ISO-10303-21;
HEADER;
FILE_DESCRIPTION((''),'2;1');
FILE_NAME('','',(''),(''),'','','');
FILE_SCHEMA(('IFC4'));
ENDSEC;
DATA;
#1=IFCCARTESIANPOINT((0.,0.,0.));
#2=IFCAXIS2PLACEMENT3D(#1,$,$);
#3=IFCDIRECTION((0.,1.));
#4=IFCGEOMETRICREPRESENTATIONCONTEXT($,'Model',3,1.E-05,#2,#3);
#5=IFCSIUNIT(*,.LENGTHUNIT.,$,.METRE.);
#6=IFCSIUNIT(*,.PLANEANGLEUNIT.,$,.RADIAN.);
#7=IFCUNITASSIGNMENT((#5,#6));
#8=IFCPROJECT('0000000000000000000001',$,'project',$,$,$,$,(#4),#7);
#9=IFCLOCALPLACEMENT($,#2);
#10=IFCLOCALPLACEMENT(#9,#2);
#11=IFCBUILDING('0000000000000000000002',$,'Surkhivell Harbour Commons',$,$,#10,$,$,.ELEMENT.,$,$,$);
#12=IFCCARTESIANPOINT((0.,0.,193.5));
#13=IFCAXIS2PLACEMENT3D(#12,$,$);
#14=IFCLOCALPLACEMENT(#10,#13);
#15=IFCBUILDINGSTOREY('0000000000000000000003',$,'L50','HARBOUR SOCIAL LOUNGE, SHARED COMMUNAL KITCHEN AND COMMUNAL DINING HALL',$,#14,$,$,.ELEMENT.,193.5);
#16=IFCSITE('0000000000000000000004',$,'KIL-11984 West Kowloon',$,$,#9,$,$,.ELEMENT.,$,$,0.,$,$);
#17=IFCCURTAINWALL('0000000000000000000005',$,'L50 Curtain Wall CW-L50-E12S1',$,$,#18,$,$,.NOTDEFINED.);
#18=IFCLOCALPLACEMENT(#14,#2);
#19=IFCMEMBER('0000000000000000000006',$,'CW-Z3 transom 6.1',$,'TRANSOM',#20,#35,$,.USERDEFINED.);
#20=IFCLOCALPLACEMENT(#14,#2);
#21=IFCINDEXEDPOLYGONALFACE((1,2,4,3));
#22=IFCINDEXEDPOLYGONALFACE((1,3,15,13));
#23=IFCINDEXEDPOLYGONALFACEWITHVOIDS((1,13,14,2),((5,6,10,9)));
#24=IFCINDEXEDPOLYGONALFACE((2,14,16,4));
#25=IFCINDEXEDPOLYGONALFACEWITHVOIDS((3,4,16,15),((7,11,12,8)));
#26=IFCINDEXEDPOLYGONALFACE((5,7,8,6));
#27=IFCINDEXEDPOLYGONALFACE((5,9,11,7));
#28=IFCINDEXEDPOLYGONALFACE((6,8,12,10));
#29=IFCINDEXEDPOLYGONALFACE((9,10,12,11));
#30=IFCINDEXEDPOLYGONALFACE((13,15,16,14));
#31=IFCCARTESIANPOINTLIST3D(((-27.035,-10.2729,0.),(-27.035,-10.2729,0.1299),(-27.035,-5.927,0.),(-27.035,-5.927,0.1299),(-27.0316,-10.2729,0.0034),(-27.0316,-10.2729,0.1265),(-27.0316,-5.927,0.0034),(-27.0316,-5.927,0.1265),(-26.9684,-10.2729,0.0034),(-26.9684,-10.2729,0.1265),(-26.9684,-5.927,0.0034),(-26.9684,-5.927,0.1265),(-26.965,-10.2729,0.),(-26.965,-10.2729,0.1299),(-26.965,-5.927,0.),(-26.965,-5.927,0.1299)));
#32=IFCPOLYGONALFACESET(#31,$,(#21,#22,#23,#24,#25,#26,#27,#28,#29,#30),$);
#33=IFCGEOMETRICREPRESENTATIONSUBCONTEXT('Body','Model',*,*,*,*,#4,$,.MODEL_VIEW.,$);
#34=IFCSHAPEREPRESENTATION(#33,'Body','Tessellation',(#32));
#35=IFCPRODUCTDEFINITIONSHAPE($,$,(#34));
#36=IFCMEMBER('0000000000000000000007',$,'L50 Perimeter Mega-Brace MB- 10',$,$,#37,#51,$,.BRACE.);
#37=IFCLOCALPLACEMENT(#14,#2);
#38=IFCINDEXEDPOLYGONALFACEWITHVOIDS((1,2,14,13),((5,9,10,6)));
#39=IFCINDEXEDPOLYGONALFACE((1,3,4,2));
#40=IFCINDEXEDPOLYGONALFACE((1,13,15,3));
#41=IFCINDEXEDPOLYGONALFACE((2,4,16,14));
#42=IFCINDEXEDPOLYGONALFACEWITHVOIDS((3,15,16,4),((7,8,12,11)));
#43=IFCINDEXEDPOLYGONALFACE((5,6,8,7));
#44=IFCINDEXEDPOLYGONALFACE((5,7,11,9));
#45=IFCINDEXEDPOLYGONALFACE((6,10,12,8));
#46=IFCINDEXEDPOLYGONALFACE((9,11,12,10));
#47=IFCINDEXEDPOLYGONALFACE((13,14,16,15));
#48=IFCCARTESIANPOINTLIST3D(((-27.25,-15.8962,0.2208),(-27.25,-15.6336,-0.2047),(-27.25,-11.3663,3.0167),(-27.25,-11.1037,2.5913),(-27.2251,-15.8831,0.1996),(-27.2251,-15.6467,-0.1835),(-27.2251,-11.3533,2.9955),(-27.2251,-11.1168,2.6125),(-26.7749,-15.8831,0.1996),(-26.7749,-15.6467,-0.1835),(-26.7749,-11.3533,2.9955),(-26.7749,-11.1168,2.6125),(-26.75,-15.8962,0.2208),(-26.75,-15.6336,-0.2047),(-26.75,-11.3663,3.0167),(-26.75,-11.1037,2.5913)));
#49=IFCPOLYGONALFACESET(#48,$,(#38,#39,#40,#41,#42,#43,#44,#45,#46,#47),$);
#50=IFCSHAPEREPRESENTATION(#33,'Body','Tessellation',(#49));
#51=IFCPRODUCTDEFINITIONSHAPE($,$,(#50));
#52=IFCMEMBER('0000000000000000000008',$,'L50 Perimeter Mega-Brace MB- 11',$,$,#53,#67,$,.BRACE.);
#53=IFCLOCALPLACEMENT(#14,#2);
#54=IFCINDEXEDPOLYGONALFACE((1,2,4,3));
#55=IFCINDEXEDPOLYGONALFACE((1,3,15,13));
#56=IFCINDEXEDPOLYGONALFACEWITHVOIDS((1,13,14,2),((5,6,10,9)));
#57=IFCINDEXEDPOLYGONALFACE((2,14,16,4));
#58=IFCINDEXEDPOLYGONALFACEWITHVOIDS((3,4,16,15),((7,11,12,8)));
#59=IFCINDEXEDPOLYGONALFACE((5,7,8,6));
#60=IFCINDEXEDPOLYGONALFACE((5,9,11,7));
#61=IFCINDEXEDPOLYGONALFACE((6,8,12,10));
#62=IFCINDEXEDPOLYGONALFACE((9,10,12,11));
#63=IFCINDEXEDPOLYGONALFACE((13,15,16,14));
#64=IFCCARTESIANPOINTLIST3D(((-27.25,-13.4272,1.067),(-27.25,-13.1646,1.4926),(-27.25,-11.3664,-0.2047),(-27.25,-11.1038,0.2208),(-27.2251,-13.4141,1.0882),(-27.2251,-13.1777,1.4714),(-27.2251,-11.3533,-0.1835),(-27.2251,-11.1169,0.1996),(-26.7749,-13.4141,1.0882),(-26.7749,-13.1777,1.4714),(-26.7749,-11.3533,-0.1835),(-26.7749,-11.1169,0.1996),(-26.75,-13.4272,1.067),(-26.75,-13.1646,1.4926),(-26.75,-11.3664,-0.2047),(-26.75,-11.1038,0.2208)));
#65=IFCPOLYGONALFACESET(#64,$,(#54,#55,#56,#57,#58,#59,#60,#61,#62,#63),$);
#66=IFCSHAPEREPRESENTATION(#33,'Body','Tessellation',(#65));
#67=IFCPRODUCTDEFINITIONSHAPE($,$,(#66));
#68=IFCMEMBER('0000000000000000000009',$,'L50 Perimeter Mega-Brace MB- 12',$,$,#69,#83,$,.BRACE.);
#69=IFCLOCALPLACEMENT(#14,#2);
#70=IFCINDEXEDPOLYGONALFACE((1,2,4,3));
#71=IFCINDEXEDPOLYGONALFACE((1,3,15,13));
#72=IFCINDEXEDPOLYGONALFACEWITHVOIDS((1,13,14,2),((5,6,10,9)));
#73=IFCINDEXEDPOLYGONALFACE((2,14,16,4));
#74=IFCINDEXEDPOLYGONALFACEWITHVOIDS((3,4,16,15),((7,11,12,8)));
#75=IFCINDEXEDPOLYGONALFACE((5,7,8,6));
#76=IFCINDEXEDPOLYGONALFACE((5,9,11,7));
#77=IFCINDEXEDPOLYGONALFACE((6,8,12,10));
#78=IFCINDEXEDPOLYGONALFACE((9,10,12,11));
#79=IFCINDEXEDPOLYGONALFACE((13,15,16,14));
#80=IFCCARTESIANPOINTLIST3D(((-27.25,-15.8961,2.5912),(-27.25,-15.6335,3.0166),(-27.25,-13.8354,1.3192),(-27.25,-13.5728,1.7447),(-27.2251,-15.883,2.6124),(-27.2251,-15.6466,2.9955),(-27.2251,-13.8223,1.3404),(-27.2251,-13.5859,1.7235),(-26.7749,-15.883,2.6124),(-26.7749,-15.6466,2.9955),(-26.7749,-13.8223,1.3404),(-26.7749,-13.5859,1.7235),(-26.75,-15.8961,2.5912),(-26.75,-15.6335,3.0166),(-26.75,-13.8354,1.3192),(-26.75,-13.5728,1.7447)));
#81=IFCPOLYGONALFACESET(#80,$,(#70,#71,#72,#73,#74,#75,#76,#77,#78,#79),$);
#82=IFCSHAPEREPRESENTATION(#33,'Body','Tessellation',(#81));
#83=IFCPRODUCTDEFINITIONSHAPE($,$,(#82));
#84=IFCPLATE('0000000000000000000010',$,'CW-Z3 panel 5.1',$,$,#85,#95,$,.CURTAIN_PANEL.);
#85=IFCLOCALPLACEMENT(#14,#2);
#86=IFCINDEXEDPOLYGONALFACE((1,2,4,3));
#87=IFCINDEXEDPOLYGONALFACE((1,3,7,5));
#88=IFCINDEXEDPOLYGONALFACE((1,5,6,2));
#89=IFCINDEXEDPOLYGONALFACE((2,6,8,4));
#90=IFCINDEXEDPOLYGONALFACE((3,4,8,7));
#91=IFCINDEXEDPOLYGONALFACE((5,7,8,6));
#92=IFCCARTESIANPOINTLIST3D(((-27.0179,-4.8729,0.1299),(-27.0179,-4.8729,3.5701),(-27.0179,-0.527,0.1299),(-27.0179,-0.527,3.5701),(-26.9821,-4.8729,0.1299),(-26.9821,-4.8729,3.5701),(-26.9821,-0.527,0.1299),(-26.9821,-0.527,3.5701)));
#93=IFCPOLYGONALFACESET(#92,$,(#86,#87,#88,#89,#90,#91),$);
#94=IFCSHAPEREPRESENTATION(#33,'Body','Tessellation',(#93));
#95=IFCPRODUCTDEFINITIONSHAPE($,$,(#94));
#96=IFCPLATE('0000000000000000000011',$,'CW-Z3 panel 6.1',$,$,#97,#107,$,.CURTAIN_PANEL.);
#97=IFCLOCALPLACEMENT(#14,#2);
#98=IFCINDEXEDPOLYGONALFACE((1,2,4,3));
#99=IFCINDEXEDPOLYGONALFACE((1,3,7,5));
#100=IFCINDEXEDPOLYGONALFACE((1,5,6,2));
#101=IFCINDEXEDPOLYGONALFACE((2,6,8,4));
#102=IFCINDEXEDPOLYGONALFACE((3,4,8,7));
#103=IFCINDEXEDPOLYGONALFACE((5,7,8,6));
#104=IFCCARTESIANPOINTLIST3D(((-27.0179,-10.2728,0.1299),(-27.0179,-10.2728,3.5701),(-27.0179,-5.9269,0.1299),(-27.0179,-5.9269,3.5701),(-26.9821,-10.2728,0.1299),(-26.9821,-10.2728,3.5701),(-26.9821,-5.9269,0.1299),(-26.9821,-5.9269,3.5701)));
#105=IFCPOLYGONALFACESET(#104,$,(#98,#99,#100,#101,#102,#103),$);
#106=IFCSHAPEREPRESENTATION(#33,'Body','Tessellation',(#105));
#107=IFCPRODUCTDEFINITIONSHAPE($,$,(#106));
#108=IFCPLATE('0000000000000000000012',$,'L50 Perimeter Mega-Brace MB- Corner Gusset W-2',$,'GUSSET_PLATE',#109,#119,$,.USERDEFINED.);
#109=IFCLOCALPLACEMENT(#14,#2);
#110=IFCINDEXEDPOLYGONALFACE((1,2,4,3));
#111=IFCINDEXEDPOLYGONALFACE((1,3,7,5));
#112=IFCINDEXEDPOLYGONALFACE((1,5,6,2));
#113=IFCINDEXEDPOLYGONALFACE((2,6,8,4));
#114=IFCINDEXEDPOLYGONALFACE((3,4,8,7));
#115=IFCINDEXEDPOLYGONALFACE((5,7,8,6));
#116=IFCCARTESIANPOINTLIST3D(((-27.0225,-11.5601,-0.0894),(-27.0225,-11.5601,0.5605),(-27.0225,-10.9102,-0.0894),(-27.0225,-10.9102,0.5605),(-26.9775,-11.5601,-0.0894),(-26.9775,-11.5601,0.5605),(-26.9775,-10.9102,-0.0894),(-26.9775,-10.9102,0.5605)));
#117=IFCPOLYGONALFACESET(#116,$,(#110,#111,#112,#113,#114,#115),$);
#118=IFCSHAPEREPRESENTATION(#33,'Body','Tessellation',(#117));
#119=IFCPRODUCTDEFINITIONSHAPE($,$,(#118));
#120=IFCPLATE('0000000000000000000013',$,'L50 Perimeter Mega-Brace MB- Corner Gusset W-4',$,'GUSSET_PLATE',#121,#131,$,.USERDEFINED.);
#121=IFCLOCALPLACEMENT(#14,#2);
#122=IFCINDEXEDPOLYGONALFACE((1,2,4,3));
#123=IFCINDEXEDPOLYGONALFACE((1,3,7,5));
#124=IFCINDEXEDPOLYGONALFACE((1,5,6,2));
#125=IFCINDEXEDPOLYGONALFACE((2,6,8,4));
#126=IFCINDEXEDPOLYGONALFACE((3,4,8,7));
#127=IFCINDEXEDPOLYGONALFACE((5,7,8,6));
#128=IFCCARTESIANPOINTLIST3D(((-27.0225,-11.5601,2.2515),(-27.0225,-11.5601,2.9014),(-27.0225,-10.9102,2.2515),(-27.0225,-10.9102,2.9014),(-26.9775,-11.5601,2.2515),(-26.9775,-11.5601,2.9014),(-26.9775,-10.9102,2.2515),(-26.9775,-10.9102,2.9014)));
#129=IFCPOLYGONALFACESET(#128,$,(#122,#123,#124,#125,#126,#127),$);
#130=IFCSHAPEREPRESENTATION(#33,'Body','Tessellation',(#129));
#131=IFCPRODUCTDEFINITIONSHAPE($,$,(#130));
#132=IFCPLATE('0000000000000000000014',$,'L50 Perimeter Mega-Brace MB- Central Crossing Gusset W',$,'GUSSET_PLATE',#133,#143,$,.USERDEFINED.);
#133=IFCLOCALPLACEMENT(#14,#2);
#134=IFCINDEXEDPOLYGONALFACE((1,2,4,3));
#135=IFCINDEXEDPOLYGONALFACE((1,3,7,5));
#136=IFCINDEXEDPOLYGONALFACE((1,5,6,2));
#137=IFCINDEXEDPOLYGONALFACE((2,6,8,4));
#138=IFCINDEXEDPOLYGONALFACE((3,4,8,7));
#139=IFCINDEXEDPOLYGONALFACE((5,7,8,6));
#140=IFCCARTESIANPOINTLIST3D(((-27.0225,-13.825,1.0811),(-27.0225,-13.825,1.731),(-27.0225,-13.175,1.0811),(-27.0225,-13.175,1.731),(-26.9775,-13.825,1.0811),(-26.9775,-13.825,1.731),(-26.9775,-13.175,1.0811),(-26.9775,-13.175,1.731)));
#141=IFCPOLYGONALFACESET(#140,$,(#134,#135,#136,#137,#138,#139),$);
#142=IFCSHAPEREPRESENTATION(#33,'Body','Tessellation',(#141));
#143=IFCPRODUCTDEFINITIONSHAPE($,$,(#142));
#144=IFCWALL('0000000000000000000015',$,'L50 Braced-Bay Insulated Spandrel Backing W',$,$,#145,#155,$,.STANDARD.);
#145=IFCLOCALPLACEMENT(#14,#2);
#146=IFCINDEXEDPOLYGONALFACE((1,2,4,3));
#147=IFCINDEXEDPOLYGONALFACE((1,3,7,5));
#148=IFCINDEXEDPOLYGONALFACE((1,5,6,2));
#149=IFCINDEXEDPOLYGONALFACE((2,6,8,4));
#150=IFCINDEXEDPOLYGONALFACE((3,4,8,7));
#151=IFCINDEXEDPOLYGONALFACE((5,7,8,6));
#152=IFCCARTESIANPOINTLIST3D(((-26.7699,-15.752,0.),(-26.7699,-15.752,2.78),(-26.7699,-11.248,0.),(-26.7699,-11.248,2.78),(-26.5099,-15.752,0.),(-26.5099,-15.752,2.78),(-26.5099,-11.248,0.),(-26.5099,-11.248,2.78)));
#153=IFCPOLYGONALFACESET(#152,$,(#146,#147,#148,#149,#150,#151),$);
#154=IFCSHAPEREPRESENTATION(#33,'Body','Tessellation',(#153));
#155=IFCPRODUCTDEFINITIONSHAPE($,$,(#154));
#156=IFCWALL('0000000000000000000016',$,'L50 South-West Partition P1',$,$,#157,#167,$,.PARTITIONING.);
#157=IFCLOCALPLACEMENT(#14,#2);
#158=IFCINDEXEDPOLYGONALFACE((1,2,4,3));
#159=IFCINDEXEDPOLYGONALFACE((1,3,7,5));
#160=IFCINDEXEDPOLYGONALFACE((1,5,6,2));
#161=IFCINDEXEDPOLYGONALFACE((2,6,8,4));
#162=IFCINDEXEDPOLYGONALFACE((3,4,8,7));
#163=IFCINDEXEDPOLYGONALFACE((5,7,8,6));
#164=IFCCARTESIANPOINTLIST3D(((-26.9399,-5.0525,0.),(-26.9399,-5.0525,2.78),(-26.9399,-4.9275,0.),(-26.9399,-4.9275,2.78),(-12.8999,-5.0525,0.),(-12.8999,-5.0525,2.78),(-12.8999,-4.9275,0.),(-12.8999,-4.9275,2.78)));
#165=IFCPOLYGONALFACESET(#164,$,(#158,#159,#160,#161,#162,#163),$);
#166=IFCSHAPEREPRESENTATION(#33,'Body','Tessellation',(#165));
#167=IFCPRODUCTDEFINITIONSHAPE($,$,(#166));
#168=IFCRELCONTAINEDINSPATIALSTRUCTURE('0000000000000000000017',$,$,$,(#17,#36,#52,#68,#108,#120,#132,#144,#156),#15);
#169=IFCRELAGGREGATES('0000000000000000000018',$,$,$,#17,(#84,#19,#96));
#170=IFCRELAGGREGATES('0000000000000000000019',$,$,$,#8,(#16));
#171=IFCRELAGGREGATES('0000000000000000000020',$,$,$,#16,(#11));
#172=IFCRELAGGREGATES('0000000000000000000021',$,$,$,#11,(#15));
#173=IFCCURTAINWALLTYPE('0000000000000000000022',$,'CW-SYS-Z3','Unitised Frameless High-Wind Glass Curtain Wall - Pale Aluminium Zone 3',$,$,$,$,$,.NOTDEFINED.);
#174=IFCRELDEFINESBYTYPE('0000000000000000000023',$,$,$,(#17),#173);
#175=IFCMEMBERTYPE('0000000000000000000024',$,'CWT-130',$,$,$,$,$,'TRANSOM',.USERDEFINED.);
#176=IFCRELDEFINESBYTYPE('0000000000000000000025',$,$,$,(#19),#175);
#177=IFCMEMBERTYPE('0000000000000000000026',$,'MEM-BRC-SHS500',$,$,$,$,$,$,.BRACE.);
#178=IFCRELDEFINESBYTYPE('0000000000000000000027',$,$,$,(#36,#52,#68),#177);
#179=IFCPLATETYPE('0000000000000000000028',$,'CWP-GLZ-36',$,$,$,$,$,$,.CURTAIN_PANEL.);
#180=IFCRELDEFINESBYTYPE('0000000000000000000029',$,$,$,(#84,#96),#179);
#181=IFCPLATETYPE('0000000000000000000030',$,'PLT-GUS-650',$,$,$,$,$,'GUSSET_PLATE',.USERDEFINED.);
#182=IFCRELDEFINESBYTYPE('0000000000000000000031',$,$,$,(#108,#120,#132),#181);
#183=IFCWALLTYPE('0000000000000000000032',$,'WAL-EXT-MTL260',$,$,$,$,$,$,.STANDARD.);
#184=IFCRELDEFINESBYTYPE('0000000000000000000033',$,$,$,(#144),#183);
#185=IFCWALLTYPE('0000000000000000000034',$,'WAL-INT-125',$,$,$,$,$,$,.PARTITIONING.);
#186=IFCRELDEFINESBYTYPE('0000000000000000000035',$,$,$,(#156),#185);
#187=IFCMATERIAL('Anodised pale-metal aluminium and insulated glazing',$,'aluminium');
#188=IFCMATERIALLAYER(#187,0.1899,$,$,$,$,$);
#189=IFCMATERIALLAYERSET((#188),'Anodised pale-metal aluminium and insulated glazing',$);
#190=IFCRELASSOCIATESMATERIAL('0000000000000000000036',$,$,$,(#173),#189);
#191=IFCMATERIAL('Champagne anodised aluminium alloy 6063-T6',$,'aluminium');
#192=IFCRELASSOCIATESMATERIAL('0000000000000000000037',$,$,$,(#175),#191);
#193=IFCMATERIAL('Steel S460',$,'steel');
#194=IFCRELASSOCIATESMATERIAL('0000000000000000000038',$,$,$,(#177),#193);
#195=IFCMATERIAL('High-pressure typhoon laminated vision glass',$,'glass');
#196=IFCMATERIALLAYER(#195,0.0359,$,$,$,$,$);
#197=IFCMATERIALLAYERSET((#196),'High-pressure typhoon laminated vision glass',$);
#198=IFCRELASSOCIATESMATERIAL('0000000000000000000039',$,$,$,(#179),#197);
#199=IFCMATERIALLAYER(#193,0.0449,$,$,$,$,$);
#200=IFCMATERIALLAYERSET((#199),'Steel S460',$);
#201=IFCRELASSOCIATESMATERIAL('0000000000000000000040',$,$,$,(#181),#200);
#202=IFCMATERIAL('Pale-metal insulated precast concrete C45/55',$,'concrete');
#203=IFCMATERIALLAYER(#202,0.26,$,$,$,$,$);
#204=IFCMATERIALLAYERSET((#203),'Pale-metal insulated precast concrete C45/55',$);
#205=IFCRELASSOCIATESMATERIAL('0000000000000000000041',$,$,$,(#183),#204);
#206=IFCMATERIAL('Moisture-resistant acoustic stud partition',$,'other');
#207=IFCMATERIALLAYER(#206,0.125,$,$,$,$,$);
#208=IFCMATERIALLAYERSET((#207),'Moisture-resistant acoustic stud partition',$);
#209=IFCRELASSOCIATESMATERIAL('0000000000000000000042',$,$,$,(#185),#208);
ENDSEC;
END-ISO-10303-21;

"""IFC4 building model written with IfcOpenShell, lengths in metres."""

from ifc_helpers import new_model, si_unit, direction, frame, frame_2d, origin, origin_2d, place, context, subcontext, project, spatial, rectangle, hollow_rectangle, extrude, material, layer, layer_set, material_profile, profile_set, type_object, element, aggregate, save


model = new_model("IFC4")

# Units and contexts
model_context = context("Model", 3, precision=1e-05, world=origin(), true_north=direction((0.0, 1.0)))
body_context = subcontext(model_context, "Body", "Model", "MODEL_VIEW")
ifc_project = project(units=[si_unit("LENGTHUNIT", "METRE"), si_unit("PLANEANGLEUNIT", "RADIAN")], contexts=[model_context])

# Site, building, storey
site_placement = place(None, origin())
site = spatial("IfcSite", under=ifc_project, at=site_placement, Name="KIL-11984 West Kowloon", CompositionType="ELEMENT", RefElevation=0.0)
building_placement = place(site_placement, origin())
building = spatial("IfcBuilding", under=site, at=building_placement, Name="Surkhivell Harbour Commons", CompositionType="ELEMENT")
storey_placement = place(building_placement, frame((0.0, 0.0, 193.5)))
storey = spatial("IfcBuildingStorey", under=building, at=storey_placement, Name="L50", Description="HARBOUR SOCIAL LOUNGE, SHARED COMMUNAL KITCHEN AND COMMUNAL DINING HALL", CompositionType="ELEMENT", Elevation=193.5)

# Curtain wall, member
ifc_material_1 = material(Name="Anodised pale-metal aluminium and insulated glazing", Category="aluminium")
ifc_layer_1 = layer(ifc_material_1, 0.1899)
ifc_layer_set_1 = layer_set([ifc_layer_1], Name="Anodised pale-metal aluminium and insulated glazing")
curtain_wall_type = type_object("IfcCurtainWallType", Name="CW-SYS-Z3", Description="Unitised Frameless High-Wind Glass Curtain Wall - Pale Aluminium Zone 3", PredefinedType="NOTDEFINED", material=ifc_layer_set_1)
curtain_wall_placement = place(storey_placement, origin())
curtain_wall = element("IfcCurtainWall", 1, at=curtain_wall_placement, inside=storey, type_object=curtain_wall_type, Name="L50 Curtain Wall CW-L50-E12S1", PredefinedType="NOTDEFINED")
ifc_material_2 = material(Name="Champagne anodised aluminium alloy 6063-T6", Category="aluminium")
ifc_material_profile_1 = material_profile(ifc_material_2, hollow_rectangle(XDim=0.0701, YDim=0.1299, WallThickness=0.0034, at=origin_2d()), Name="ALU-TRAN-70x130")
ifc_profile_set_1 = profile_set([ifc_material_profile_1], Name="Champagne anodised aluminium alloy 6063-T6")
member_type_1 = type_object("IfcMemberType", Name="CWT-130", ElementType="TRANSOM", PredefinedType="USERDEFINED", material=ifc_profile_set_1)
member_1_placement = place(storey_placement, frame((-27.0, -5.927, 0.0649), z_axis=(0.0, -1.0, 0.0), x_axis=(1.0, 0.0, 0.0)))
member_1 = element("IfcMember", 2, at=member_1_placement, type_object=member_type_1, Name="CW-Z3 transom 6.1", ObjectType="TRANSOM", PredefinedType="USERDEFINED", context=body_context, shape_type="SweptSolid", body=[
    extrude(hollow_rectangle(XDim=0.0701, YDim=0.1299, WallThickness=0.0034, at=origin_2d()), origin(), (0.0, 0.0, 1.0), 4.3459),
])

# Members
ifc_material_3 = material(Name="Steel S460", Category="steel")
ifc_material_profile_2 = material_profile(ifc_material_3, hollow_rectangle(XDim=0.5, YDim=0.5, WallThickness=0.0249, at=origin_2d()), Name="SHS500x500x25")
ifc_profile_set_2 = profile_set([ifc_material_profile_2], Name="Steel S460")
member_type_2 = type_object("IfcMemberType", Name="MEM-BRC-SHS500", PredefinedType="BRACE", material=ifc_profile_set_2)
member_2_placement = place(storey_placement, frame((-27.0, -15.7649, 0.0081), z_axis=(0.0, 0.850958, 0.525233), x_axis=(-1.0, 0.0, 0.0)))
element("IfcMember", 3, at=member_2_placement, inside=storey, type_object=member_type_2, Name="L50 Perimeter Mega-Brace MB- 10", PredefinedType="BRACE", context=body_context, shape_type="SweptSolid", body=[
    extrude(hollow_rectangle(XDim=0.5, YDim=0.5, WallThickness=0.0249, at=origin_2d()), origin(), (0.0, 0.0, 1.0), 5.3232),
])
for number, where, z_axis, x_axis, name in (
    (4, (-27.0, -11.2351, 0.0081), (0.0, -0.851003, 0.52516), (1.0, 0.0, 0.0), "L50 Perimeter Mega-Brace MB- 11"),
    (5, (-27.0, -13.7041, 1.532), (0.0, -0.850958, 0.525233), (1.0, 0.0, 0.0), "L50 Perimeter Mega-Brace MB- 12"),
):
    element("IfcMember", number, at=place(storey_placement, frame(where, z_axis=z_axis, x_axis=x_axis)), inside=storey, type_object=member_type_2, Name=name, PredefinedType="BRACE", context=body_context, shape_type="SweptSolid", body=[
        extrude(hollow_rectangle(XDim=0.5, YDim=0.5, WallThickness=0.0249, at=origin_2d()), origin(), (0.0, 0.0, 1.0), 2.4216),
    ])

# Plates
ifc_material_4 = material(Name="High-pressure typhoon laminated vision glass", Category="glass")
ifc_layer_2 = layer(ifc_material_4, 0.0359)
ifc_layer_set_2 = layer_set([ifc_layer_2], Name="High-pressure typhoon laminated vision glass")
plate_type_1 = type_object("IfcPlateType", Name="CWP-GLZ-36", PredefinedType="CURTAIN_PANEL", material=ifc_layer_set_2)
plate_1_placement = place(storey_placement, frame((-27.0, -0.5271, 0.1299), z_axis=(0.0, 0.0, 1.0), x_axis=(0.0, -1.0, 0.0)))
plate_1 = element("IfcPlate", 6, at=plate_1_placement, type_object=plate_type_1, Name="CW-Z3 panel 5.1", PredefinedType="CURTAIN_PANEL", context=body_context, shape_type="SweptSolid", body=[
    extrude(rectangle(XDim=4.3459, YDim=0.0359, at=frame_2d((2.1729, 0.0))), origin(), (0.0, 0.0, 1.0), 3.4402),
])
plate_2_placement = place(storey_placement, frame((-27.0, -5.927, 0.1299), z_axis=(0.0, 0.0, 1.0), x_axis=(0.0, -1.0, 0.0)))
plate_2 = element("IfcPlate", 7, at=plate_2_placement, type_object=plate_type_1, Name="CW-Z3 panel 6.1", PredefinedType="CURTAIN_PANEL", context=body_context, shape_type="SweptSolid", body=[
    extrude(rectangle(XDim=4.3459, YDim=0.0359, at=frame_2d((2.1729, 0.0))), origin(), (0.0, 0.0, 1.0), 3.4402),
])
aggregate(curtain_wall, [plate_1, member_1, plate_2])

# Plates
ifc_layer_3 = layer(ifc_material_3, 0.0449)
ifc_layer_set_3 = layer_set([ifc_layer_3], Name="Steel S460")
plate_type_2 = type_object("IfcPlateType", Name="PLT-GUS-650", ElementType="GUSSET_PLATE", PredefinedType="USERDEFINED", material=ifc_layer_set_3)
for number, where, z_axis, x_axis, name in (
    (8, (-27.0, -11.2351, -0.0894), (0.0, 0.0, 1.0), (0.0, 1.0, 0.0), "L50 Perimeter Mega-Brace MB- Corner Gusset W-2"),
    (9, (-27.0, -11.2351, 2.2515), (0.0, 0.0, 1.0), (0.0, 1.0, 0.0), "L50 Perimeter Mega-Brace MB- Corner Gusset W-4"),
    (10, (-27.0, -13.5, 1.0811), (0.0, 0.0, 1.0), (0.0, 1.0, 0.0), "L50 Perimeter Mega-Brace MB- Central Crossing Gusset W"),
):
    element("IfcPlate", number, at=place(storey_placement, frame(where, z_axis=z_axis, x_axis=x_axis)), inside=storey, type_object=plate_type_2, Name=name, ObjectType="GUSSET_PLATE", PredefinedType="USERDEFINED", context=body_context, shape_type="SweptSolid", body=[
        extrude(rectangle(XDim=0.6499, YDim=0.0449, at=origin_2d()), origin(), (0.0, 0.0, 1.0), 0.6499),
    ])

# Walls
ifc_material_5 = material(Name="Pale-metal insulated precast concrete C45/55", Category="concrete")
ifc_layer_4 = layer(ifc_material_5, 0.26)
ifc_layer_set_4 = layer_set([ifc_layer_4], Name="Pale-metal insulated precast concrete C45/55")
wall_type_1 = type_object("IfcWallType", Name="WAL-EXT-MTL260", PredefinedType="STANDARD", material=ifc_layer_set_4)
wall_1_placement = place(storey_placement, frame((-26.6399, -11.248, 0.0), z_axis=(0.0, 0.0, 1.0), x_axis=(0.0, -1.0, 0.0)))
element("IfcWall", 11, at=wall_1_placement, inside=storey, type_object=wall_type_1, Name="L50 Braced-Bay Insulated Spandrel Backing W", PredefinedType="STANDARD", context=body_context, shape_type="SweptSolid", body=[
    extrude(rectangle(XDim=4.5039, YDim=0.26, at=frame_2d((2.252, 0.0))), origin(), (0.0, 0.0, 1.0), 2.78),
])
ifc_material_6 = material(Name="Moisture-resistant acoustic stud partition", Category="other")
ifc_layer_5 = layer(ifc_material_6, 0.125)
ifc_layer_set_5 = layer_set([ifc_layer_5], Name="Moisture-resistant acoustic stud partition")
wall_type_2 = type_object("IfcWallType", Name="WAL-INT-125", PredefinedType="PARTITIONING", material=ifc_layer_set_5)
wall_2_placement = place(storey_placement, frame((-26.9399, -4.99, 0.0), z_axis=(0.0, 0.0, 1.0), x_axis=(1.0, 0.0, 0.0)))
element("IfcWall", 12, at=wall_2_placement, inside=storey, type_object=wall_type_2, Name="L50 South-West Partition P1", PredefinedType="PARTITIONING", context=body_context, shape_type="SweptSolid", body=[
    extrude(rectangle(XDim=14.04, YDim=0.125, at=frame_2d((7.02, 0.0))), origin(), (0.0, 0.0, 1.0), 2.78),
])

save(model, "model.ifc")
